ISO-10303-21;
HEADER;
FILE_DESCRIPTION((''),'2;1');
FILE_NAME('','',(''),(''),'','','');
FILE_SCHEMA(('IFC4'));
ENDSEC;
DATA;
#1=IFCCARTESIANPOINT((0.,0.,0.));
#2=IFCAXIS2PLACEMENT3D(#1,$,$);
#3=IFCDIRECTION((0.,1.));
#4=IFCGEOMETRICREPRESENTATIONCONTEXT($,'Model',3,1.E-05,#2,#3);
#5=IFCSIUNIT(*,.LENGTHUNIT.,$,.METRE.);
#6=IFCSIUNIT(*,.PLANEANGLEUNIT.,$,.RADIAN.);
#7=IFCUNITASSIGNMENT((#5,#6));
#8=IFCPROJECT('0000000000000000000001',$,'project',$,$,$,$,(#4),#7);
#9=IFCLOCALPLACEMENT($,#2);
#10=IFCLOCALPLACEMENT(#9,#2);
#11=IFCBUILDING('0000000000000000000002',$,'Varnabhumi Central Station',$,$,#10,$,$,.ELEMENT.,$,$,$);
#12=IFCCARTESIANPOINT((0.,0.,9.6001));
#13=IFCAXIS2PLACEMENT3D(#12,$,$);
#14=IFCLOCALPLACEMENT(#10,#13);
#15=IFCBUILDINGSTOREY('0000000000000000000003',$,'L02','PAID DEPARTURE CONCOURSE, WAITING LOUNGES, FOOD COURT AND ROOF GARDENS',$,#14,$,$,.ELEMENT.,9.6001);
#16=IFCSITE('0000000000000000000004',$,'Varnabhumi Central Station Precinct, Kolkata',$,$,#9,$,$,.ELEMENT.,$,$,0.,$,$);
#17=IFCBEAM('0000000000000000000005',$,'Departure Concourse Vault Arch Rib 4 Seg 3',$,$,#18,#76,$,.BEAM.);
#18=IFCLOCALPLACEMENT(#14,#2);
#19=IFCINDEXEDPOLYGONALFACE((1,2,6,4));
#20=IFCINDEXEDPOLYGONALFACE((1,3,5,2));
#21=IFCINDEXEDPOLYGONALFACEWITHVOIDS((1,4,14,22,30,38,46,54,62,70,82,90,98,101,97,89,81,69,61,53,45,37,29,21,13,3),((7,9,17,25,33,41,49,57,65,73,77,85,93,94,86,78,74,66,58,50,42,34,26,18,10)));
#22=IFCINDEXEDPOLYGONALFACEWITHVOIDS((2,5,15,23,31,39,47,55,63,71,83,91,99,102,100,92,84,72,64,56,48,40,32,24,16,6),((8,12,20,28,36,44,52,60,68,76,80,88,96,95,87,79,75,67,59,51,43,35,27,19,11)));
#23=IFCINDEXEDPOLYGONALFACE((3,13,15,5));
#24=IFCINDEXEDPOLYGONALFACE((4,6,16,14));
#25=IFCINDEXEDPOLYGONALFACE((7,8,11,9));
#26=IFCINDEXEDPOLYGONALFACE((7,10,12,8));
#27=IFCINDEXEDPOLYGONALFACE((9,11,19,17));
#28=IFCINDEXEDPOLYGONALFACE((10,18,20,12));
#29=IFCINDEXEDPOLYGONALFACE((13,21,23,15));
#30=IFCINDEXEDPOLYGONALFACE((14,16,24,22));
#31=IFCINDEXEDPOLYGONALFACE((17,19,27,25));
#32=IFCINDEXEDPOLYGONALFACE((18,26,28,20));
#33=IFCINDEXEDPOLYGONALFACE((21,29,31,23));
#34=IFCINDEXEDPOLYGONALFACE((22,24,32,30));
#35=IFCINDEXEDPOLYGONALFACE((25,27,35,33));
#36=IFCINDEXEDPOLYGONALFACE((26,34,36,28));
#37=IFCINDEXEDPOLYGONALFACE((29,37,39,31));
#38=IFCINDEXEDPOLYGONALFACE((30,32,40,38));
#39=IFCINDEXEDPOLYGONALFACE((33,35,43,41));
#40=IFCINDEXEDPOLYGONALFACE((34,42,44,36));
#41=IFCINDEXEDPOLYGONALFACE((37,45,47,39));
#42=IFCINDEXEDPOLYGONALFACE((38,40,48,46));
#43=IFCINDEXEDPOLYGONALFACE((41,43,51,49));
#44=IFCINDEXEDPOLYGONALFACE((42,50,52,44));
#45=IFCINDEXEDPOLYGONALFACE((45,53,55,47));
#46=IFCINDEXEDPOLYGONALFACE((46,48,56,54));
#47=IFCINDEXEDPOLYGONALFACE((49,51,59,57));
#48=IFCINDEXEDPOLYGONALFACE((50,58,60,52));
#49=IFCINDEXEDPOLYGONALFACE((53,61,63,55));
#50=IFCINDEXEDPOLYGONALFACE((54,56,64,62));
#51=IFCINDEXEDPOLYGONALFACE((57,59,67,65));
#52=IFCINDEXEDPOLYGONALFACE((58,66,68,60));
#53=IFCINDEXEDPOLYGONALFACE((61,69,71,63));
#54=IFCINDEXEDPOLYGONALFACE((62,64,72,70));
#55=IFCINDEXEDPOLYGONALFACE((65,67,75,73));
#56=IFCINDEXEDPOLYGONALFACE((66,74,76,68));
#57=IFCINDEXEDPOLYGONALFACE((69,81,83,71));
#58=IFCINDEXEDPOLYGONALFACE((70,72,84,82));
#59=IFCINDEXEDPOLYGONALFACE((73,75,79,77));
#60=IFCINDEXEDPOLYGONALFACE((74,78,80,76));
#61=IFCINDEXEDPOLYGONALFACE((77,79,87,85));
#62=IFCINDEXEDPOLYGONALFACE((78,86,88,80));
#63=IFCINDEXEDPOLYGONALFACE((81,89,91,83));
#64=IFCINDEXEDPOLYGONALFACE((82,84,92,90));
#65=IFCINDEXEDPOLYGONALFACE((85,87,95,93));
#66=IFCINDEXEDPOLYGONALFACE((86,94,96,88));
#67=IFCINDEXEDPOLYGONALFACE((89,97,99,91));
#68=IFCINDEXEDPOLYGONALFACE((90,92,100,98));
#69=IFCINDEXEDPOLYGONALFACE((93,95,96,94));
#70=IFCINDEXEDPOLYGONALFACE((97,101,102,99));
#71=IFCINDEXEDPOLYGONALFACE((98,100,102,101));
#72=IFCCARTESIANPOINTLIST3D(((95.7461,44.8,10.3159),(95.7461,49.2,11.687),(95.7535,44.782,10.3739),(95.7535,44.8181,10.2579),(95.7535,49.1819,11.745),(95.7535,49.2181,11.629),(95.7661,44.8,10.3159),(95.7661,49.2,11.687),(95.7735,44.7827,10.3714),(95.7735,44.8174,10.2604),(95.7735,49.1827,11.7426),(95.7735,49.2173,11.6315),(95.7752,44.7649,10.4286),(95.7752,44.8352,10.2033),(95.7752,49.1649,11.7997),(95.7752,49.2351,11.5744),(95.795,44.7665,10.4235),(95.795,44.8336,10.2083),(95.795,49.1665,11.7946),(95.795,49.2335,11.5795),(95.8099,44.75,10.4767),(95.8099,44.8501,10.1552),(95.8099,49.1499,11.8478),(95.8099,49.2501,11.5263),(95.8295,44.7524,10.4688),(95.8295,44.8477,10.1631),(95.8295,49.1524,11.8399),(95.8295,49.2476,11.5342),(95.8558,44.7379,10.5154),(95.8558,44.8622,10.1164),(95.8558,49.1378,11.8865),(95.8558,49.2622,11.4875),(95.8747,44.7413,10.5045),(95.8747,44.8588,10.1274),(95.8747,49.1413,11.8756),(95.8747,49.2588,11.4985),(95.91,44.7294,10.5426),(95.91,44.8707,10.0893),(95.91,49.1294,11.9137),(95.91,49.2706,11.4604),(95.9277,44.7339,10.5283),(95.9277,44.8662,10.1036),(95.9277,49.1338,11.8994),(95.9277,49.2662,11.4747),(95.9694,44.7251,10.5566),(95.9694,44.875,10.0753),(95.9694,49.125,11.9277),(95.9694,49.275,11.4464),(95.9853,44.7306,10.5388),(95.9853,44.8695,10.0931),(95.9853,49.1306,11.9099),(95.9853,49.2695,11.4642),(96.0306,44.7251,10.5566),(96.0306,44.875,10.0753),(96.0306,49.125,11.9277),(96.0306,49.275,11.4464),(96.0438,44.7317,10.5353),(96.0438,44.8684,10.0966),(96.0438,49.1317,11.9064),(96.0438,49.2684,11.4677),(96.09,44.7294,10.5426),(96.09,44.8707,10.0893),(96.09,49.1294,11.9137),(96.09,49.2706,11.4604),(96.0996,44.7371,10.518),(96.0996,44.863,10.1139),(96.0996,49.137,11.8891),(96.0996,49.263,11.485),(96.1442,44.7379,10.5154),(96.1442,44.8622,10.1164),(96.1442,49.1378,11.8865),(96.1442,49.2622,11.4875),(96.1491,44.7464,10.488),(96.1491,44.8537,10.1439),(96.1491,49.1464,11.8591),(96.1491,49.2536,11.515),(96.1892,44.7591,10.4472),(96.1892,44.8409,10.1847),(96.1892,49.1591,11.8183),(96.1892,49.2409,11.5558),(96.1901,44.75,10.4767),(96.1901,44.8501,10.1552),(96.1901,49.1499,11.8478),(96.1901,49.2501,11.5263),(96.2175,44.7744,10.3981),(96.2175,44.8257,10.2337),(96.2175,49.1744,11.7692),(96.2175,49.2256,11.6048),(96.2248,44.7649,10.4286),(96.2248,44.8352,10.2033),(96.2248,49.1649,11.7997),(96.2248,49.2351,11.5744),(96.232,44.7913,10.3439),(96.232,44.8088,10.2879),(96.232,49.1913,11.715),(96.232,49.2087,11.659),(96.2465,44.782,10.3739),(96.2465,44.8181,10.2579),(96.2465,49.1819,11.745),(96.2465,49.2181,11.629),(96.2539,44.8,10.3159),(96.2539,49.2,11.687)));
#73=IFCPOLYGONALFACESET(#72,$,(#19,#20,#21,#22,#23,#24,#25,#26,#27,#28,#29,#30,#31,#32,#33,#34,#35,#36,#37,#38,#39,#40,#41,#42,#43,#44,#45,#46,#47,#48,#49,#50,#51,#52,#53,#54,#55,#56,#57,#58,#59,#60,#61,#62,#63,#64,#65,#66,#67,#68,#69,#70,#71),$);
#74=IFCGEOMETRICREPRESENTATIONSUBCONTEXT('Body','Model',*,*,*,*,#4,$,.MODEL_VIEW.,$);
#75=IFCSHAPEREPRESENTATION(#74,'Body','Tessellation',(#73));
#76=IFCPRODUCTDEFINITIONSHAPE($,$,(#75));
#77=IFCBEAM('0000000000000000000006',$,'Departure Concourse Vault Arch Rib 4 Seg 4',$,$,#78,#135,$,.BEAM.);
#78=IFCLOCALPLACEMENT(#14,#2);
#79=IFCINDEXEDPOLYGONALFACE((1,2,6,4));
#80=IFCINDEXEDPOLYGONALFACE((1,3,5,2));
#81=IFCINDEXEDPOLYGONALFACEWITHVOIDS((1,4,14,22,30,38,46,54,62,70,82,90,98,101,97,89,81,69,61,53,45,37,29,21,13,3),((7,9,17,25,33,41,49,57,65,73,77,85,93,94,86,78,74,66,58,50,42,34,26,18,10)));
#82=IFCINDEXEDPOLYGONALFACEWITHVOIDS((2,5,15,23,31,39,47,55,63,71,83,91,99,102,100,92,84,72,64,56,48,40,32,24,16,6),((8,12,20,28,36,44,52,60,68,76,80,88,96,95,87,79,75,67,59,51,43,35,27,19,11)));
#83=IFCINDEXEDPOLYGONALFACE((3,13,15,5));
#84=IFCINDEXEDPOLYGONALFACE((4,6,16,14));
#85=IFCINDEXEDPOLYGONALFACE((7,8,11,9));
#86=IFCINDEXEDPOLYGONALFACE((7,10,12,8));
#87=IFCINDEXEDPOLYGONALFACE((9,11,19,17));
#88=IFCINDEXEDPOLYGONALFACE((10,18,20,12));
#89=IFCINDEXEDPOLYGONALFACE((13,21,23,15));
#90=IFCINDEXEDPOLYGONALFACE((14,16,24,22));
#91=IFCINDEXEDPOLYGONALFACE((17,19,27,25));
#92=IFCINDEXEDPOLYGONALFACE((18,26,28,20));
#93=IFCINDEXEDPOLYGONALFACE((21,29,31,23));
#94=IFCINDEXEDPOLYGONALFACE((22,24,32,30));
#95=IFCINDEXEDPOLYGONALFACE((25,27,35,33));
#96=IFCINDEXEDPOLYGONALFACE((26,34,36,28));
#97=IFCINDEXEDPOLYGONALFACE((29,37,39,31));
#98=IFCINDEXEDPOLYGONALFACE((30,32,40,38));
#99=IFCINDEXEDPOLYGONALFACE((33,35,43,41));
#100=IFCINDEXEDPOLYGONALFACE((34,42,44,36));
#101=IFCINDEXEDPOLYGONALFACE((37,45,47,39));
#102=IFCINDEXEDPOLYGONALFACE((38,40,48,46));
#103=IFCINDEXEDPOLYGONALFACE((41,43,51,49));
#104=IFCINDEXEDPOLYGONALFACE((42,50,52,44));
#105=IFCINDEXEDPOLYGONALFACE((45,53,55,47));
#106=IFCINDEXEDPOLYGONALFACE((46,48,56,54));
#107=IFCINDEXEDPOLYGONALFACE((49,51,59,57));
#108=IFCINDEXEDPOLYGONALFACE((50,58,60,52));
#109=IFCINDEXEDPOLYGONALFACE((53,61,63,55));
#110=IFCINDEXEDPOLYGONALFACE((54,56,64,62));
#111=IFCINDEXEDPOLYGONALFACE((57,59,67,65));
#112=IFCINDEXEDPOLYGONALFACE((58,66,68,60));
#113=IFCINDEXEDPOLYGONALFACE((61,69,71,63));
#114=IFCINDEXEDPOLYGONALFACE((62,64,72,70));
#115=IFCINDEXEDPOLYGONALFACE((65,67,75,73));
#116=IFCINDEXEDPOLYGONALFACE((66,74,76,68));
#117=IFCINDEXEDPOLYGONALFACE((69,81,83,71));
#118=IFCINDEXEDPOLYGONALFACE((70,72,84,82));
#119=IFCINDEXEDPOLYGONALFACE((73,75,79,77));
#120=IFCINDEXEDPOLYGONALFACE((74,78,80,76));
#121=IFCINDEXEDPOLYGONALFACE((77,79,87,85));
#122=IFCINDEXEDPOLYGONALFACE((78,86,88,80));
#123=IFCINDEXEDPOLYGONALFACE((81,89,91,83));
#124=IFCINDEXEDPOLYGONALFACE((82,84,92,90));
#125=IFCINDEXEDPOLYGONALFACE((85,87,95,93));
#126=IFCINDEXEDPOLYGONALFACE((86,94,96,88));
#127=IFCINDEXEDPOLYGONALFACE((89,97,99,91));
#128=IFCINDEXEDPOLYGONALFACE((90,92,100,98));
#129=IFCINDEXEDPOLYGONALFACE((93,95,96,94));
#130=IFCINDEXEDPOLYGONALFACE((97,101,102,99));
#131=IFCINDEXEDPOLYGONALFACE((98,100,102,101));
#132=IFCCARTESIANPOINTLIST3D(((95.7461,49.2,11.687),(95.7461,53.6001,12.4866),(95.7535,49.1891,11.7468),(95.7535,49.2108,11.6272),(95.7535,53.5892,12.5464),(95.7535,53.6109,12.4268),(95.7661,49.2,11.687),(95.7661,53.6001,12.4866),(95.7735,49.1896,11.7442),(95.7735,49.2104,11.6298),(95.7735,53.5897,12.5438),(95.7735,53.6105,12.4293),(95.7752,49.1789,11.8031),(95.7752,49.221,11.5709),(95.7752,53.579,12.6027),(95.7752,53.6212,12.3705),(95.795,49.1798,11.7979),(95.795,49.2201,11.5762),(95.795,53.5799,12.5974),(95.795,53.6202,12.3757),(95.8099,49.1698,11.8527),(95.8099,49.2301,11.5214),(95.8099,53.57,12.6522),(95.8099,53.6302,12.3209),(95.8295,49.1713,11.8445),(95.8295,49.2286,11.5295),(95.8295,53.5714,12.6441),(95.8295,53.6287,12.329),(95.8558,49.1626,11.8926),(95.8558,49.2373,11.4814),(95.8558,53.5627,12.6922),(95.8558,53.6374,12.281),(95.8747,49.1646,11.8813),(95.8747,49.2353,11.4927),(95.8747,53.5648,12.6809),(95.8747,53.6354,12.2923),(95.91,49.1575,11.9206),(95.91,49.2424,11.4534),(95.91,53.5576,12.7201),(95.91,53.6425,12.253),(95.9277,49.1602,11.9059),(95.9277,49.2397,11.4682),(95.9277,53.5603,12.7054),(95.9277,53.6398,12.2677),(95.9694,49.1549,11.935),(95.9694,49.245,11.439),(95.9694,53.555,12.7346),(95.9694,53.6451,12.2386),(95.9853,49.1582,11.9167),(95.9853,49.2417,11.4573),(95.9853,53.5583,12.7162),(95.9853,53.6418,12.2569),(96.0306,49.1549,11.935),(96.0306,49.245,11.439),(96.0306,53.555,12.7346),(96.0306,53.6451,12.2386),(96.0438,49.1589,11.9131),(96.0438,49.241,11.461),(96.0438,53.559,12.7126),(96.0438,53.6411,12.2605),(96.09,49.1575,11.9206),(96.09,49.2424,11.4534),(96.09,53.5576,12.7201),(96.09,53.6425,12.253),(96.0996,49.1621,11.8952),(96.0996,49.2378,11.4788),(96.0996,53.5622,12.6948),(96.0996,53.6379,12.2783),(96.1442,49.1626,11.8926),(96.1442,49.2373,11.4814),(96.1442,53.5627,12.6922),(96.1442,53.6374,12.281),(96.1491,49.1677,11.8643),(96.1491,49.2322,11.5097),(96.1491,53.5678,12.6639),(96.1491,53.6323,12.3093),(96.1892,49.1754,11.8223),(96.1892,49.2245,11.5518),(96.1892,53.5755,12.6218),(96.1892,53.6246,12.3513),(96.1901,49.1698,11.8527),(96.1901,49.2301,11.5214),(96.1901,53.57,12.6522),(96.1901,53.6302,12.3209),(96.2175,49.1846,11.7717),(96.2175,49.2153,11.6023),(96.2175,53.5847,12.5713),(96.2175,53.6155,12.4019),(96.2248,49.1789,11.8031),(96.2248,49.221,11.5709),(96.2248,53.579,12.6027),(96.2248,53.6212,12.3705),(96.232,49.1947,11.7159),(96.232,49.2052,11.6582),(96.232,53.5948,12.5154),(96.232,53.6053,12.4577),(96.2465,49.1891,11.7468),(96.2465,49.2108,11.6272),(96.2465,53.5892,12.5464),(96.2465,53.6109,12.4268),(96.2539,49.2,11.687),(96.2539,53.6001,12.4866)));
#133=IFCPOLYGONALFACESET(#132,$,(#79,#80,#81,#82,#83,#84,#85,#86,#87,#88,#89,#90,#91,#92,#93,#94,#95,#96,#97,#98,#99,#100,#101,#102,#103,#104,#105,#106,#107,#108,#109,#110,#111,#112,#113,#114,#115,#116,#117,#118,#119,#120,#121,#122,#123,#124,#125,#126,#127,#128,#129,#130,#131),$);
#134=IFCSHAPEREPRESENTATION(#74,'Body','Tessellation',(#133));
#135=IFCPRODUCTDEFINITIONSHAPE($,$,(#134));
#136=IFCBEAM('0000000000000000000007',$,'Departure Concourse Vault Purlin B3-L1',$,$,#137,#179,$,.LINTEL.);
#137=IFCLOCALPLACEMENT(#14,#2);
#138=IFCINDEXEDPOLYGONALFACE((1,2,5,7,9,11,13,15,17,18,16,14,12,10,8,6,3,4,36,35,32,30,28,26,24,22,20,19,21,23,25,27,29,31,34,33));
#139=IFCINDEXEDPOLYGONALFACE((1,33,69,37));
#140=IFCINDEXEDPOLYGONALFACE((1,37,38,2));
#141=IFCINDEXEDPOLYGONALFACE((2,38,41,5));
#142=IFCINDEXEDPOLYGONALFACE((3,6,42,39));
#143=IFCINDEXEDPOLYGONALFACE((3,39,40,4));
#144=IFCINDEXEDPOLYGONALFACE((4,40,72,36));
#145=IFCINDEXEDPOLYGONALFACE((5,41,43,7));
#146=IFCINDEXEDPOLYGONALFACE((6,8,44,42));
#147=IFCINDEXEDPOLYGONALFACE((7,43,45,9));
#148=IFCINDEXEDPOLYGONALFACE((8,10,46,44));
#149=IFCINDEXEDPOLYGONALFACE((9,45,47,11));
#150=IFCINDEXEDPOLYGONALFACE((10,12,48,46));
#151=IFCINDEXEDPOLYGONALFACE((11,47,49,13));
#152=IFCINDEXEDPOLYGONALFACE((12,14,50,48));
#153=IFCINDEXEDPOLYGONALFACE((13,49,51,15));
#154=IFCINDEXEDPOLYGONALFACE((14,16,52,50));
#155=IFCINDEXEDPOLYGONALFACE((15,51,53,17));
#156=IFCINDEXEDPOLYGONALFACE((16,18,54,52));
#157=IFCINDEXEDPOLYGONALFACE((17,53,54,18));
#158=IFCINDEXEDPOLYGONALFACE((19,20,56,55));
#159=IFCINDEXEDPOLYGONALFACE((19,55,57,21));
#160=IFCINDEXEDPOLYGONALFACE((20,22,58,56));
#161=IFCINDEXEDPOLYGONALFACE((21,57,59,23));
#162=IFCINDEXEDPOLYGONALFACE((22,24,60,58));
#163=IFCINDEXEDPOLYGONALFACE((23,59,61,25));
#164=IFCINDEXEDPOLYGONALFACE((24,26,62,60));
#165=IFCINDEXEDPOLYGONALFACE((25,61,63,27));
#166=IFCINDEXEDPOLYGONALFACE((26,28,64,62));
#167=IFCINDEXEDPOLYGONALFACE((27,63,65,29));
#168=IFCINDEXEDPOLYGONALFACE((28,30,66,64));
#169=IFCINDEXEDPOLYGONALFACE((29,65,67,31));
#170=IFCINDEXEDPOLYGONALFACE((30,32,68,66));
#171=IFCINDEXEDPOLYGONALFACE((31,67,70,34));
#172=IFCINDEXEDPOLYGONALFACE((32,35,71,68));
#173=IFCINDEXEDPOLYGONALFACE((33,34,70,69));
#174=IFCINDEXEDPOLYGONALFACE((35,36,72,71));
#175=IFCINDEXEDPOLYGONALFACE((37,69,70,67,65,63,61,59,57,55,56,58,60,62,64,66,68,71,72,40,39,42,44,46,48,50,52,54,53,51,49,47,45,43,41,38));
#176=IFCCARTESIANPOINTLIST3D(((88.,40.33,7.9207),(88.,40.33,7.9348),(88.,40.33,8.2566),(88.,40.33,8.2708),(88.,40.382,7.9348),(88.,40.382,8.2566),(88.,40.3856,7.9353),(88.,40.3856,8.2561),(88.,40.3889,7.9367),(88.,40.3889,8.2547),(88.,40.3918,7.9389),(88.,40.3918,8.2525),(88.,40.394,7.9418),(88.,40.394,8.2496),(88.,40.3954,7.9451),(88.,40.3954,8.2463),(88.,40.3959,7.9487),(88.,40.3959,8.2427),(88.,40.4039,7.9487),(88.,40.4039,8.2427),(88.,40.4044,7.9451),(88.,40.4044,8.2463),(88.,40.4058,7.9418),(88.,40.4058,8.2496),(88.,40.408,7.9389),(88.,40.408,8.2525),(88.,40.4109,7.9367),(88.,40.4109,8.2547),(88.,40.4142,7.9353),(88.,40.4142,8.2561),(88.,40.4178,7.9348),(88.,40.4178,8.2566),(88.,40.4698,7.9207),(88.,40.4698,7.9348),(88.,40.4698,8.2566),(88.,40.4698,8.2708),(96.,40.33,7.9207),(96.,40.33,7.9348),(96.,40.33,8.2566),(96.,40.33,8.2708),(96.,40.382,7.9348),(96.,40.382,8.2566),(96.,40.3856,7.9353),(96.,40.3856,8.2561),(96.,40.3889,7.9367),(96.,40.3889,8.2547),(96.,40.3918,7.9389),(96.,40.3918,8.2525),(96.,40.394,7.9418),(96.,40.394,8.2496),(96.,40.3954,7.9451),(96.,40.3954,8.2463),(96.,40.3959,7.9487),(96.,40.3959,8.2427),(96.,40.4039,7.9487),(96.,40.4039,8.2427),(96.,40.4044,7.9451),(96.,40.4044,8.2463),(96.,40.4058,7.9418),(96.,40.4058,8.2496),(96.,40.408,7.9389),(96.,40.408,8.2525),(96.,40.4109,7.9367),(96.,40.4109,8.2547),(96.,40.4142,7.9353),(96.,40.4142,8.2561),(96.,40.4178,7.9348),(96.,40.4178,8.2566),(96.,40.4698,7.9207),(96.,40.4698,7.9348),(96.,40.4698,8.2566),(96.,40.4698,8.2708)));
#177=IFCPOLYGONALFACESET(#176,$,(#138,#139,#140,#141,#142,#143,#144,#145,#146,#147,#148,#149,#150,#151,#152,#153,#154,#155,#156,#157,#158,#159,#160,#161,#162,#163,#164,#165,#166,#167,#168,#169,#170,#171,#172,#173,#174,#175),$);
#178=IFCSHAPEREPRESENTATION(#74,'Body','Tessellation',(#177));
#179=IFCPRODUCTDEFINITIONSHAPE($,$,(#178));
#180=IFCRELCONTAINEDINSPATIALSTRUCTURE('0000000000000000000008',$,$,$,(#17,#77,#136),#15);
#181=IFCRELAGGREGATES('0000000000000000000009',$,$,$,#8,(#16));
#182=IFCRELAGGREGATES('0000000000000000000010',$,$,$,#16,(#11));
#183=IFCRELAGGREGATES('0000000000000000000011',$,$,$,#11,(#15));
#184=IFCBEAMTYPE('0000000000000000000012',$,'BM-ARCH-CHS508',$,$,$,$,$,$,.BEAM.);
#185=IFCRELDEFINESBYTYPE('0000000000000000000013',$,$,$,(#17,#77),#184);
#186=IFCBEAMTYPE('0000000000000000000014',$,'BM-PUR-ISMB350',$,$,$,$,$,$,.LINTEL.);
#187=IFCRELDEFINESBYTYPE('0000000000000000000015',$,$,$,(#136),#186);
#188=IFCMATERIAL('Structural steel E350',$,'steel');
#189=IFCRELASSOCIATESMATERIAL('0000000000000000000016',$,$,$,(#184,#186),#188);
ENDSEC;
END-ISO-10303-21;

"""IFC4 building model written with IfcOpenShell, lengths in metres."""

from ifc_helpers import new_model, si_unit, direction, frame, origin, origin_2d, place, context, subcontext, project, spatial, hollow_circle, i_section, extrude, material, material_profile, profile_set, type_object, element, save


model = new_model("IFC4")

# Units and contexts
model_context = context("Model", 3, precision=1e-05, world=origin(), true_north=direction((0.0, 1.0)))
body_context = subcontext(model_context, "Body", "Model", "MODEL_VIEW")
ifc_project = project(units=[si_unit("LENGTHUNIT", "METRE"), si_unit("PLANEANGLEUNIT", "RADIAN")], contexts=[model_context])

# Site, building, storey
site_placement = place(None, origin())
site = spatial("IfcSite", under=ifc_project, at=site_placement, Name="Varnabhumi Central Station Precinct, Kolkata", CompositionType="ELEMENT", RefElevation=0.0)
building_placement = place(site_placement, origin())
building = spatial("IfcBuilding", under=site, at=building_placement, Name="Varnabhumi Central Station", CompositionType="ELEMENT")
storey_placement = place(building_placement, frame((0.0, 0.0, 9.6001)))
storey = spatial("IfcBuildingStorey", under=building, at=storey_placement, Name="L02", Description="PAID DEPARTURE CONCOURSE, WAITING LOUNGES, FOOD COURT AND ROOF GARDENS", CompositionType="ELEMENT", Elevation=9.6001)

# Beams
ifc_material_1 = material(Name="Structural steel E350", Category="steel")
ifc_material_profile_1 = material_profile(ifc_material_1, hollow_circle(Radius=0.2539, WallThickness=0.02, at=origin_2d()), Name="Structural steel E350", Category="steel")
ifc_profile_set_1 = profile_set([ifc_material_profile_1], Name="Structural steel E350")
beam_type_1 = type_object("IfcBeamType", Name="BM-ARCH-CHS508", PredefinedType="BEAM", material=ifc_profile_set_1)
beam_1_placement = place(storey_placement, frame((96.0, 44.8, 10.3159), z_axis=(0.0, 0.954719, 0.297509), x_axis=(-1.0, 0.0, 0.0)))
element("IfcBeam", 1, at=beam_1_placement, inside=storey, type_object=beam_type_1, Name="Departure Concourse Vault Arch Rib 4 Seg 3", PredefinedType="BEAM", context=body_context, shape_type="SweptSolid", body=[
    extrude(hollow_circle(Radius=0.2539, WallThickness=0.02, at=origin_2d()), origin(), (0.0, 0.0, 1.0), 4.6086),
])
beam_2_placement = place(storey_placement, frame((96.0, 49.2, 11.687), z_axis=(0.0, 0.983888, 0.178785), x_axis=(-1.0, 0.0, 0.0)))
element("IfcBeam", 2, at=beam_2_placement, inside=storey, type_object=beam_type_1, Name="Departure Concourse Vault Arch Rib 4 Seg 4", PredefinedType="BEAM", context=body_context, shape_type="SweptSolid", body=[
    extrude(hollow_circle(Radius=0.2539, WallThickness=0.02, at=origin_2d()), origin(), (0.0, 0.0, 1.0), 4.4722),
])
ifc_material_profile_2 = material_profile(ifc_material_1, i_section(OverallWidth=0.1399, OverallDepth=0.3501, WebThickness=0.0081, FlangeThickness=0.0142, FilletRadius=0.0139, at=origin_2d()), Name="Structural steel E350", Category="steel")
ifc_profile_set_2 = profile_set([ifc_material_profile_2], Name="Structural steel E350")
beam_type_2 = type_object("IfcBeamType", Name="BM-PUR-ISMB350", PredefinedType="LINTEL", material=ifc_profile_set_2)
for number, where, z_axis, x_axis, name in (
    (3, (88.0, 40.3999, 8.0957), (1.0, 0.0, 0.0), (0.0, 1.0, 0.0), "Departure Concourse Vault Purlin B3-L1"),
):
    element("IfcBeam", number, at=place(storey_placement, frame(where, z_axis=z_axis, x_axis=x_axis)), inside=storey, type_object=beam_type_2, Name=name, PredefinedType="LINTEL", context=body_context, shape_type="SweptSolid", body=[
        extrude(i_section(OverallWidth=0.1399, OverallDepth=0.3501, WebThickness=0.0081, FlangeThickness=0.0142, FilletRadius=0.0139, at=origin_2d()), origin(), (0.0, 0.0, 1.0), 8.0),
    ])

save(model, "model.ifc")
